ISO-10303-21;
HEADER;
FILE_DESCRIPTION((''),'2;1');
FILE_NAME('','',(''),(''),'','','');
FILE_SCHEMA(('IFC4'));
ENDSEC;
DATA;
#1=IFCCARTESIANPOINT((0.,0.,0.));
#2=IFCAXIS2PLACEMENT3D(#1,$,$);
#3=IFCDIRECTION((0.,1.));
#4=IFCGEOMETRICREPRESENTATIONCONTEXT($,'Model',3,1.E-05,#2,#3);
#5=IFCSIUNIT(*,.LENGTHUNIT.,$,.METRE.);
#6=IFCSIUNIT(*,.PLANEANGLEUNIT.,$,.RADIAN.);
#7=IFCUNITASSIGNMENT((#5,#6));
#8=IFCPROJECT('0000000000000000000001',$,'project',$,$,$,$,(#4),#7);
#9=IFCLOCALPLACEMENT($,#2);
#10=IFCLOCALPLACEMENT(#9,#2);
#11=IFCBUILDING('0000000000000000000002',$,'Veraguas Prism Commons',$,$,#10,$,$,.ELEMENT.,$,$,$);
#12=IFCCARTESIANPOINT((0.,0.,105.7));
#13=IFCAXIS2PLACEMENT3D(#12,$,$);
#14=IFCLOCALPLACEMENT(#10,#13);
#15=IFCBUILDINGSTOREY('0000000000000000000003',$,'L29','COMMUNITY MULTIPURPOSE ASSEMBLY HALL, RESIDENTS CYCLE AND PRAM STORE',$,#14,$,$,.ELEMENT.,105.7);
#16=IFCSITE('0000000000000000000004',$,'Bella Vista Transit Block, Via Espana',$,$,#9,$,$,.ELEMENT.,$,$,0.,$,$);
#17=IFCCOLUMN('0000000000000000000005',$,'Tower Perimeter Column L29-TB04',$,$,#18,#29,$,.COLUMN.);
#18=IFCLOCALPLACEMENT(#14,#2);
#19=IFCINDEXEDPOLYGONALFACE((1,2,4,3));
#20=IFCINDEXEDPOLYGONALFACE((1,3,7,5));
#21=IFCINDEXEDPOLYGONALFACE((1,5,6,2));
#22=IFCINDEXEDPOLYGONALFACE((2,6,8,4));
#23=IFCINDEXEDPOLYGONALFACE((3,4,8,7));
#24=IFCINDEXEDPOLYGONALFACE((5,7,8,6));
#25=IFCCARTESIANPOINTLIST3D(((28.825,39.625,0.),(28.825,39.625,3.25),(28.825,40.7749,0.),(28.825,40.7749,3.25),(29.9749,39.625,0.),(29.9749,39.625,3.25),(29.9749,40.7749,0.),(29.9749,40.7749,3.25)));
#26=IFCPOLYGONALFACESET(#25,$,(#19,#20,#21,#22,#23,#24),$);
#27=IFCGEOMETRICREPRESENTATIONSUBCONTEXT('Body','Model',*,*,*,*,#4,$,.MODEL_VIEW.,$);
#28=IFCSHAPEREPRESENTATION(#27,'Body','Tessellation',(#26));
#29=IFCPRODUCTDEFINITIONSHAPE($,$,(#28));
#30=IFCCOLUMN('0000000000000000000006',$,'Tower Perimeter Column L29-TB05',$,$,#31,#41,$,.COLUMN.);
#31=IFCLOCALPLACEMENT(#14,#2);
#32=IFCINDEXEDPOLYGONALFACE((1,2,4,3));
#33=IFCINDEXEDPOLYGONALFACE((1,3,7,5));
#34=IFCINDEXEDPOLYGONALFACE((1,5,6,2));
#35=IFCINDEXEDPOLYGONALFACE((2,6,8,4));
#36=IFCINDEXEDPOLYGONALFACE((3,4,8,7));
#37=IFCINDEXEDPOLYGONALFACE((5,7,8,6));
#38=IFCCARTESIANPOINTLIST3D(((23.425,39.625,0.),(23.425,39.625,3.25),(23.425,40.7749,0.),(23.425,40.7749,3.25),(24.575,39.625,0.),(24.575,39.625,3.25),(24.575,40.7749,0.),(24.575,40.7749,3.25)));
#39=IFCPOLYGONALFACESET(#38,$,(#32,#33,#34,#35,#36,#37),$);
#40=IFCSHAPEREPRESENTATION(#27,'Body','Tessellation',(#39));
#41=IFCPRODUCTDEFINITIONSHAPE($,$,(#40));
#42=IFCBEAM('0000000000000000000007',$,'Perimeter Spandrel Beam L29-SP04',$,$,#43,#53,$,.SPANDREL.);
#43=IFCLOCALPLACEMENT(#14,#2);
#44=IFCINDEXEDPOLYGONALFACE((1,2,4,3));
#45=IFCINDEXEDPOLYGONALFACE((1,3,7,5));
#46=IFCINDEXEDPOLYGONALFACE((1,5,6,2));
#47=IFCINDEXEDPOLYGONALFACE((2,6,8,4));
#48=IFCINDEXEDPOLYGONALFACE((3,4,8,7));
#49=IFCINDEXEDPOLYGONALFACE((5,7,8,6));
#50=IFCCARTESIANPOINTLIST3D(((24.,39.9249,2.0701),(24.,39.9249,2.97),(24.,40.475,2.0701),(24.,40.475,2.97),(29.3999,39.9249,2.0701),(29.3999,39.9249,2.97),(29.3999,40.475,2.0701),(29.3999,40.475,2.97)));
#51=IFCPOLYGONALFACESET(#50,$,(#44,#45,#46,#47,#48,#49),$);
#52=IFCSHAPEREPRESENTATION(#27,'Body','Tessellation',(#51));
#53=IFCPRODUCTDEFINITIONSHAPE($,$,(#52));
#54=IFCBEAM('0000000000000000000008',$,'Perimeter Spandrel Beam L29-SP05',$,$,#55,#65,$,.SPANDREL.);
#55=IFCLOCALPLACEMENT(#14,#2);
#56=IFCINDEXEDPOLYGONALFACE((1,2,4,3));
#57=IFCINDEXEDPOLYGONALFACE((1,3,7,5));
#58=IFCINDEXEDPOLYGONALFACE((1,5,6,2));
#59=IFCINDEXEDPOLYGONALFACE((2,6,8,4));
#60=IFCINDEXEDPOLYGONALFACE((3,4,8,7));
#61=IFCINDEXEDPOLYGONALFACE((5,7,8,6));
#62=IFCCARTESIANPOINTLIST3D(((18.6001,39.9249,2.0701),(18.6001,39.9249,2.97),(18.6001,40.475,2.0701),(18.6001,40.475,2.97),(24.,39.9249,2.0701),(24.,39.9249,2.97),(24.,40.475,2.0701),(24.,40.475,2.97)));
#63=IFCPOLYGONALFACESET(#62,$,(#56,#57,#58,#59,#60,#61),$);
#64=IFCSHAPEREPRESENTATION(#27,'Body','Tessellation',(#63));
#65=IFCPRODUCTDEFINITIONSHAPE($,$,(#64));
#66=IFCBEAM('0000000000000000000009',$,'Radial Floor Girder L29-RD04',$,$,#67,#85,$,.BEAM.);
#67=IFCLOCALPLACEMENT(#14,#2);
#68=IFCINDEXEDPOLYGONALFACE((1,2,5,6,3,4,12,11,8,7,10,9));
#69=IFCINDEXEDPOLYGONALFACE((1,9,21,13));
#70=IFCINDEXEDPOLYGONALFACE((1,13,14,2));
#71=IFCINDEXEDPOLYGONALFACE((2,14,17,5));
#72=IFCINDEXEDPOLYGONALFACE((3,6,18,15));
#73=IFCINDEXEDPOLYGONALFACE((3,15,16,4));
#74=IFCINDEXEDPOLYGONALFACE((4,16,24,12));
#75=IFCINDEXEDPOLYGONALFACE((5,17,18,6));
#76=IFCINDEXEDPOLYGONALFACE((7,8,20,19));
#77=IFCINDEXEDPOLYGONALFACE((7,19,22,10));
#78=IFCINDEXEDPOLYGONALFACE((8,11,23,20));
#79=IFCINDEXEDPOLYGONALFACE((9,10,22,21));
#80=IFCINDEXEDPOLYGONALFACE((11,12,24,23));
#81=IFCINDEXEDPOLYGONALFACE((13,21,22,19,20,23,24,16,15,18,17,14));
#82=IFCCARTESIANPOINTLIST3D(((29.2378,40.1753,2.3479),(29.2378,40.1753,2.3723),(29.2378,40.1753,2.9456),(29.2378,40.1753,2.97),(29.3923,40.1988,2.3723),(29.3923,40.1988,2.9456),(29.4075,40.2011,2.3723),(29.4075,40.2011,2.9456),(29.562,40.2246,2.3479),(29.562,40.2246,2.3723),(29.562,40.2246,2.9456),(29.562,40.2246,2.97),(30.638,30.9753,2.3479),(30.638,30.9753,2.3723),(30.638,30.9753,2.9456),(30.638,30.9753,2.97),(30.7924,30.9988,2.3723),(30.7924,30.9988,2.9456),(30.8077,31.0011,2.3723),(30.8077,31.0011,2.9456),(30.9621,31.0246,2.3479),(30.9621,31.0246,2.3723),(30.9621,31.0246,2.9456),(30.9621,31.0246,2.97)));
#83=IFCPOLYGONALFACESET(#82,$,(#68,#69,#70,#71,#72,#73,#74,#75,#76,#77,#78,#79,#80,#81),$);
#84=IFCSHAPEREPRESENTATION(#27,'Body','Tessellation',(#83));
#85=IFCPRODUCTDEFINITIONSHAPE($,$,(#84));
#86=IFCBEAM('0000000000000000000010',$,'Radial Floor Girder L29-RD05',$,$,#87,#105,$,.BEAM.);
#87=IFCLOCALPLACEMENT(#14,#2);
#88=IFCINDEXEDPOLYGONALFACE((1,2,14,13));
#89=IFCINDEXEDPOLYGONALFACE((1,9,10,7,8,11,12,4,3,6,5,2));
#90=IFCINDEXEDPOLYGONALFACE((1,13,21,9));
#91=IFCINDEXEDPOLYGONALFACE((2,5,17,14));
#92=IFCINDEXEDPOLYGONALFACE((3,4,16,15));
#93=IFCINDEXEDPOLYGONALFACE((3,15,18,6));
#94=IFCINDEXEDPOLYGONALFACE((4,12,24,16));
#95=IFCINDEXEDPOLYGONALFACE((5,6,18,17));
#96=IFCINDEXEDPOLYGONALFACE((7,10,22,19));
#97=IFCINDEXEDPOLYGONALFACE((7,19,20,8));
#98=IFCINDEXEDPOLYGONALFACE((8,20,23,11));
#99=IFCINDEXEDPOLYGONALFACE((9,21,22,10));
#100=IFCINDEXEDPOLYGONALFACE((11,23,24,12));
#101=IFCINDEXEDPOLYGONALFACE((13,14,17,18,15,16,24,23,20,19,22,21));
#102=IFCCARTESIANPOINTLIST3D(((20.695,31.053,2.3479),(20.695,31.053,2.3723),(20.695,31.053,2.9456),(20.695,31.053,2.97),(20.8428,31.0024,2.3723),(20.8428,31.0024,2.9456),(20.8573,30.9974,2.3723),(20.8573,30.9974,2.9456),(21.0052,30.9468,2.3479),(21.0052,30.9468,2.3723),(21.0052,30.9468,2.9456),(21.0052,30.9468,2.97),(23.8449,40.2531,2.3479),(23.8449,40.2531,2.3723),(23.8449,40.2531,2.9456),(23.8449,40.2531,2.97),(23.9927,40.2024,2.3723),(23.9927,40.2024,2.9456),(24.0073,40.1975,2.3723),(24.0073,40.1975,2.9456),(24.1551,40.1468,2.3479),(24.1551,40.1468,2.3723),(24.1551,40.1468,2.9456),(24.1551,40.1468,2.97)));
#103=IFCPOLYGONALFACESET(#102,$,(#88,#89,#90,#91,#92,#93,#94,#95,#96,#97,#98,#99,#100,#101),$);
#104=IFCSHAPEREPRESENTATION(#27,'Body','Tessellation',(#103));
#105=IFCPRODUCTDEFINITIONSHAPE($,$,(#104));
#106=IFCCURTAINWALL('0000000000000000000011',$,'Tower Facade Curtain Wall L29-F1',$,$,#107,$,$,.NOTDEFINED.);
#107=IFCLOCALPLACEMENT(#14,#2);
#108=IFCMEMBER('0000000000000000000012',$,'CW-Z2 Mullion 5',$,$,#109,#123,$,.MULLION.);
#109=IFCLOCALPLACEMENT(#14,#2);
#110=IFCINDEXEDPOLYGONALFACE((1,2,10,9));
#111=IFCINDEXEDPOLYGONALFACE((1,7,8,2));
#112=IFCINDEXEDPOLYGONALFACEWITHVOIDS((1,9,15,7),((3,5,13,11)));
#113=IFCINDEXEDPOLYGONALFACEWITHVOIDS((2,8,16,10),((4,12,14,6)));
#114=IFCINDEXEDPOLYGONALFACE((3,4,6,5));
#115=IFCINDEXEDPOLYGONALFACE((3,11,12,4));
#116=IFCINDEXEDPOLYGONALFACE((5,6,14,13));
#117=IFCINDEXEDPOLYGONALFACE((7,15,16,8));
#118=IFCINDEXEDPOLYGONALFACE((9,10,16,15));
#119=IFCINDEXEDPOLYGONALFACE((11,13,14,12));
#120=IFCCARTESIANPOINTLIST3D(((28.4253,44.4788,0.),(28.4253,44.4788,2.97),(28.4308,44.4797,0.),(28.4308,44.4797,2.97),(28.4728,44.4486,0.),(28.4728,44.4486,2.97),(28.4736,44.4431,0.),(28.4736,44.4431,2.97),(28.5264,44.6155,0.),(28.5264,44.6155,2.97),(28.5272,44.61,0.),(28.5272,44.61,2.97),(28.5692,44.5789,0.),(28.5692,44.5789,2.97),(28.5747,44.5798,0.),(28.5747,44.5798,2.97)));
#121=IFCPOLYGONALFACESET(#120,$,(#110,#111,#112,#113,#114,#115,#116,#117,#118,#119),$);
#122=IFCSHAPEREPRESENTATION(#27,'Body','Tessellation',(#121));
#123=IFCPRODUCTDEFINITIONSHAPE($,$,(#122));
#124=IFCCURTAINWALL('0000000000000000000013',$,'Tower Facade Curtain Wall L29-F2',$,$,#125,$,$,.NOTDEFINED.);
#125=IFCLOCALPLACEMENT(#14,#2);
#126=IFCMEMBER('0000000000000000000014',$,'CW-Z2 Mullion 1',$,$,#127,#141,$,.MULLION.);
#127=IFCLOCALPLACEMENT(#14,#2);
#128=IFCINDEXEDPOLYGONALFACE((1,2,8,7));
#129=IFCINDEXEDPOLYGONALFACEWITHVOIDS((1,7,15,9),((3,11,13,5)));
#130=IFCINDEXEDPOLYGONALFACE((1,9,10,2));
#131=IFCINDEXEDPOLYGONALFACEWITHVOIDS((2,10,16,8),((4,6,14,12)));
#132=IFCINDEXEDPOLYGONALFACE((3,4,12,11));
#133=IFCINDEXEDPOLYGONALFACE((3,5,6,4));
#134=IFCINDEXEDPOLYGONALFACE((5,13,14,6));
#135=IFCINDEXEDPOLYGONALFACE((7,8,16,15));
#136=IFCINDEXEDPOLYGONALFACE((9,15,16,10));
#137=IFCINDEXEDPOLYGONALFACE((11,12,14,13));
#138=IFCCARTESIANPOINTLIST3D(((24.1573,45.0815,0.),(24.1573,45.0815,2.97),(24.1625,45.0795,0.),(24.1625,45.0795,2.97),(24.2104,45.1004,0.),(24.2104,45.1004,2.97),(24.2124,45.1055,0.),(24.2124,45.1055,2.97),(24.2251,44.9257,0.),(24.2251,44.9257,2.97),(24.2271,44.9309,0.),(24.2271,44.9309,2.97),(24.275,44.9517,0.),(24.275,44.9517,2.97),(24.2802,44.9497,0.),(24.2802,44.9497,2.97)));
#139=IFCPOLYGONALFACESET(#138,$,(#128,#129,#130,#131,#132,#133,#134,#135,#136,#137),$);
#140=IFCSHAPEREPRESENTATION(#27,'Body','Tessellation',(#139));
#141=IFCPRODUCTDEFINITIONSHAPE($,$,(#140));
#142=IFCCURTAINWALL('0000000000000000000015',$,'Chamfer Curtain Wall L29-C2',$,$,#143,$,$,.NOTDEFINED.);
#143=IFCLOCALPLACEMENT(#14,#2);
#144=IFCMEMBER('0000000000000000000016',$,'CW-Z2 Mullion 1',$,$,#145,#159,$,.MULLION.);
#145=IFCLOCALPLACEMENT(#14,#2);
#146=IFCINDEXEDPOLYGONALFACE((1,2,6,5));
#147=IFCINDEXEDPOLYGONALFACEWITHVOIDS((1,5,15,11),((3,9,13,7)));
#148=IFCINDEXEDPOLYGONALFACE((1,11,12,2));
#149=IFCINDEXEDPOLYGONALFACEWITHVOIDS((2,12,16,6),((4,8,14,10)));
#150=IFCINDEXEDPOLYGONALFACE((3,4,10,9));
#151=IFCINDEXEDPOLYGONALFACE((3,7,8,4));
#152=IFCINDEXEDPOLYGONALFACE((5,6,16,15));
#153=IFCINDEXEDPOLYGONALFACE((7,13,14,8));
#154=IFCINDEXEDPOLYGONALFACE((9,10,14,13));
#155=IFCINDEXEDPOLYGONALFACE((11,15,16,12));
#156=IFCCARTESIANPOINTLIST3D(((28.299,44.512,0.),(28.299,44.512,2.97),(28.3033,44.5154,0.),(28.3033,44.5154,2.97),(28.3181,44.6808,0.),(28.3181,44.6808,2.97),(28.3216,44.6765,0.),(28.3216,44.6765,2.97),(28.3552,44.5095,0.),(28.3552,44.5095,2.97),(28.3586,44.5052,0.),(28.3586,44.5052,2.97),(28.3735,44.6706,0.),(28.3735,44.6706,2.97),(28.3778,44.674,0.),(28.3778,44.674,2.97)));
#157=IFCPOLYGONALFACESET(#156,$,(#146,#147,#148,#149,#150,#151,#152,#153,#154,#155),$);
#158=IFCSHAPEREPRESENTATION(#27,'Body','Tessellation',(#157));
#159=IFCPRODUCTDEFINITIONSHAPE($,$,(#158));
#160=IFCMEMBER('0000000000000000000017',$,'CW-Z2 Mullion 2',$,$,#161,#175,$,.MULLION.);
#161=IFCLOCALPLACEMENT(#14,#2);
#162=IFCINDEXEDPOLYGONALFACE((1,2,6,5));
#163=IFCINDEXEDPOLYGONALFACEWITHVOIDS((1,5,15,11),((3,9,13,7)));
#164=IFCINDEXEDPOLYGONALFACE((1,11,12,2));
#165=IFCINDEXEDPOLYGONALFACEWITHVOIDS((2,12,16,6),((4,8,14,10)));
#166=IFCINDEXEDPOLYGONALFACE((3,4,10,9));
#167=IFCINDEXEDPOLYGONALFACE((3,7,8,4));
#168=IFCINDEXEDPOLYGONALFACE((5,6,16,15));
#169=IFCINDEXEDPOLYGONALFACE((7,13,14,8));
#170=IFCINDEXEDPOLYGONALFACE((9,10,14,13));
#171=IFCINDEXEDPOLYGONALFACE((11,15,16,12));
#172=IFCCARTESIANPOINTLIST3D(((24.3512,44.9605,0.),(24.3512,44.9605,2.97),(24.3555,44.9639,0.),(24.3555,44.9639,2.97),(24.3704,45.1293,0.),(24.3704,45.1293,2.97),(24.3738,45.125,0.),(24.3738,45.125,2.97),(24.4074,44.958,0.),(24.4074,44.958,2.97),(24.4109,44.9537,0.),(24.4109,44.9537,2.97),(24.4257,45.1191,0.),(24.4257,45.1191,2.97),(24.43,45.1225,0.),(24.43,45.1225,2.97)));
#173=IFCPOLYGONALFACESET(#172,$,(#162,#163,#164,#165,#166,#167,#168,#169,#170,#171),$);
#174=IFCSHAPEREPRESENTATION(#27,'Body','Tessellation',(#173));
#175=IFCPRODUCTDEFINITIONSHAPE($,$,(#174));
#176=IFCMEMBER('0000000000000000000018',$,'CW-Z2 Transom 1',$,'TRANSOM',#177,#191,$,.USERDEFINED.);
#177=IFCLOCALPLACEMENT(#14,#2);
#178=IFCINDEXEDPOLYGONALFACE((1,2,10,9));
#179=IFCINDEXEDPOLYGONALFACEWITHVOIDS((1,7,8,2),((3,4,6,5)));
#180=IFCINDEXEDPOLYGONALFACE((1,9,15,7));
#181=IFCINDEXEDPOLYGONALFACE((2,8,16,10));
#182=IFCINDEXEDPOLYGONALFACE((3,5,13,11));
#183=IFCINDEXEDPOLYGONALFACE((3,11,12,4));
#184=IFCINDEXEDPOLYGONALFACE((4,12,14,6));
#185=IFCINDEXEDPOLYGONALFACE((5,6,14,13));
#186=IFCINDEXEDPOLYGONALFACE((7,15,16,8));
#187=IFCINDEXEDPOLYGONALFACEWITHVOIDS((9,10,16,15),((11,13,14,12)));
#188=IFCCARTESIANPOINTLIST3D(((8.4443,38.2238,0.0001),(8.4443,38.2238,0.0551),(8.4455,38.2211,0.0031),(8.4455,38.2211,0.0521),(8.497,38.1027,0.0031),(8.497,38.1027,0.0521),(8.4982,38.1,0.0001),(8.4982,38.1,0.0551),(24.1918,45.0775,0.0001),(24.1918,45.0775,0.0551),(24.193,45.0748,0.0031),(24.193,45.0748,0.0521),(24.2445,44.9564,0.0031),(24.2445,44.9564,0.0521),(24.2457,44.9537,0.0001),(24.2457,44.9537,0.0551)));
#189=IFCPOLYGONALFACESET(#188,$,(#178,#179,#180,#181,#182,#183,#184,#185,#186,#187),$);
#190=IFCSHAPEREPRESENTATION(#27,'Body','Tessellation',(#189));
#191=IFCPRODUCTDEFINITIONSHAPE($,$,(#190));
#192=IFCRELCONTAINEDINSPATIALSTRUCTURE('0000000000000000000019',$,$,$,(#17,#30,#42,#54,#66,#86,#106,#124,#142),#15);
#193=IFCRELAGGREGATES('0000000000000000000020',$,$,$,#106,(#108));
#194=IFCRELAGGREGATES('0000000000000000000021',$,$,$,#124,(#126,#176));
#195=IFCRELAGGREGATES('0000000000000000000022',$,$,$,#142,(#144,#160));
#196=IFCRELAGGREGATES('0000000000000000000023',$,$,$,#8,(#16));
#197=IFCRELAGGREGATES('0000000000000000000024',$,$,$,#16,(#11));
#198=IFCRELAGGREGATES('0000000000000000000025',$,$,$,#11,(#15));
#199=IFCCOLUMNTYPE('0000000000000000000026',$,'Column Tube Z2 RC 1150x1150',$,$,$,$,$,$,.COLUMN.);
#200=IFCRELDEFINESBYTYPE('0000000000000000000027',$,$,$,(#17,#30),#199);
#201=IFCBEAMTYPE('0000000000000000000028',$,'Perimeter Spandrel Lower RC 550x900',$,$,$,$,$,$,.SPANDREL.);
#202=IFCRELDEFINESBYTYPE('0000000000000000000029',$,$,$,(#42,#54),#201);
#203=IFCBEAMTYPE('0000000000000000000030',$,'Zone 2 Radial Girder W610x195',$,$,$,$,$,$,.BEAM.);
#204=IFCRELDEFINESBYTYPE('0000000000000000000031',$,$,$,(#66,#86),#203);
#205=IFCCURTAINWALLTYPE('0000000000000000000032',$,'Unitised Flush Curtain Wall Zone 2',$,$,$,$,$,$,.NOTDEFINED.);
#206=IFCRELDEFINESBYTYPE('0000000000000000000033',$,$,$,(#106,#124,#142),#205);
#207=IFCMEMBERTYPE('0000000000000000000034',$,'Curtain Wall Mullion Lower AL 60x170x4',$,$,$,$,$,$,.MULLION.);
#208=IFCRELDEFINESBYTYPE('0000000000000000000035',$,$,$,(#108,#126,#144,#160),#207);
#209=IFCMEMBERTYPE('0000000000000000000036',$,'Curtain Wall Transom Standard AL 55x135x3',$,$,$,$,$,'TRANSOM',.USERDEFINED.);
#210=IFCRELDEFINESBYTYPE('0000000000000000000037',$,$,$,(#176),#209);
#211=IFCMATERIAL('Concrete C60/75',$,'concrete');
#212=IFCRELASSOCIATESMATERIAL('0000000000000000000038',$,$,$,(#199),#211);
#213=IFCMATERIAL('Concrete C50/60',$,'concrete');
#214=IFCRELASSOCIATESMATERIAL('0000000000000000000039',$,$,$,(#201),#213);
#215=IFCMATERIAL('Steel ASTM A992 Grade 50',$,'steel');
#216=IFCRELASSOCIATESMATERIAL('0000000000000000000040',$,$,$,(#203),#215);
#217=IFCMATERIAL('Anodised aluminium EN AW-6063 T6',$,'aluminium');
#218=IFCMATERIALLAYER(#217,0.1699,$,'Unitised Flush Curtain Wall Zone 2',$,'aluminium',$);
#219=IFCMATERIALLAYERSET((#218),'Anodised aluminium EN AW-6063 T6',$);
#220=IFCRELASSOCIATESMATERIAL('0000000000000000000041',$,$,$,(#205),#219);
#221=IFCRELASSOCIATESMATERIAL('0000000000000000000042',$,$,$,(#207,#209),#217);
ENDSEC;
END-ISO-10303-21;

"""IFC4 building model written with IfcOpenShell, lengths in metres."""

from ifc_helpers import new_model, si_unit, direction, frame, origin, origin_2d, place, context, subcontext, project, spatial, rectangle, hollow_rectangle, i_section, extrude, source, transform, mapped, material, layer, layer_set, material_profile, profile_set, type_object, element, aggregate, save


model = new_model("IFC4")

# Units and contexts
model_context = context("Model", 3, precision=1e-05, world=origin(), true_north=direction((0.0, 1.0)))
body_context = subcontext(model_context, "Body", "Model", "MODEL_VIEW")
ifc_project = project(units=[si_unit("LENGTHUNIT", "METRE"), si_unit("PLANEANGLEUNIT", "RADIAN")], contexts=[model_context])

# Site, building, storey
site_placement = place(None, origin())
site = spatial("IfcSite", under=ifc_project, at=site_placement, Name="Bella Vista Transit Block, Via Espana", CompositionType="ELEMENT", RefElevation=0.0)
building_placement = place(site_placement, origin())
building = spatial("IfcBuilding", under=site, at=building_placement, Name="Veraguas Prism Commons", CompositionType="ELEMENT")
storey_placement = place(building_placement, frame((0.0, 0.0, 105.7)))
storey = spatial("IfcBuildingStorey", under=building, at=storey_placement, Name="L29", Description="COMMUNITY MULTIPURPOSE ASSEMBLY HALL, RESIDENTS CYCLE AND PRAM STORE", CompositionType="ELEMENT", Elevation=105.7)

# Columns
ifc_material_1 = material(Name="Concrete C60/75", Category="concrete")
ifc_material_profile_1 = material_profile(ifc_material_1, rectangle(XDim=1.1499, YDim=1.1499, at=origin_2d()), Name="RC1150X1150")
ifc_profile_set_1 = profile_set([ifc_material_profile_1], Name="Concrete C60/75")
column_type = type_object("IfcColumnType", Name="Column Tube Z2 RC 1150x1150", PredefinedType="COLUMN", material=ifc_profile_set_1)
for number, where, z_axis, x_axis, name in (
    (1, (29.3999, 40.2, 0.0), (0.0, 0.0, 1.0), (1.0, 0.0, 0.0), "Tower Perimeter Column L29-TB04"),
    (2, (24.0, 40.2, 0.0), (0.0, 0.0, 1.0), (1.0, 0.0, 0.0), "Tower Perimeter Column L29-TB05"),
):
    element("IfcColumn", number, at=place(storey_placement, frame(where, z_axis=z_axis, x_axis=x_axis)), inside=storey, type_object=column_type, Name=name, PredefinedType="COLUMN", context=body_context, shape_type="SweptSolid", body=[
        extrude(rectangle(XDim=1.1499, YDim=1.1499, at=origin_2d()), origin(), (0.0, 0.0, 1.0), 3.25),
    ])

# Beams
ifc_material_2 = material(Name="Concrete C50/60", Category="concrete")
ifc_material_profile_2 = material_profile(ifc_material_2, rectangle(XDim=0.55, YDim=0.8999, at=origin_2d()), Name="RC550X900")
ifc_profile_set_2 = profile_set([ifc_material_profile_2], Name="Concrete C50/60")
beam_type_1 = type_object("IfcBeamType", Name="Perimeter Spandrel Lower RC 550x900", PredefinedType="SPANDREL", material=ifc_profile_set_2)
for number, where, z_axis, x_axis, name in (
    (3, (29.3999, 40.2, 2.52), (-1.0, 0.0, 0.0), (0.0, -1.0, 0.0), "Perimeter Spandrel Beam L29-SP04"),
    (4, (24.0, 40.2, 2.52), (-1.0, 0.0, 0.0), (0.0, -1.0, 0.0), "Perimeter Spandrel Beam L29-SP05"),
):
    element("IfcBeam", number, at=place(storey_placement, frame(where, z_axis=z_axis, x_axis=x_axis)), inside=storey, type_object=beam_type_1, Name=name, PredefinedType="SPANDREL", context=body_context, shape_type="SweptSolid", body=[
        extrude(rectangle(XDim=0.55, YDim=0.8999, at=origin_2d()), origin(), (0.0, 0.0, 1.0), 5.3999),
    ])
ifc_material_3 = material(Name="Steel ASTM A992 Grade 50", Category="steel")
ifc_material_profile_3 = material_profile(ifc_material_3, i_section(OverallWidth=0.3279, OverallDepth=0.6221, WebThickness=0.0154, FlangeThickness=0.0244, at=origin_2d()), Name="W610X195")
ifc_profile_set_3 = profile_set([ifc_material_profile_3], Name="Steel ASTM A992 Grade 50")
beam_type_2 = type_object("IfcBeamType", Name="Zone 2 Radial Girder W610x195", PredefinedType="BEAM", material=ifc_profile_set_3)
beam_1_placement = place(storey_placement, frame((29.3999, 40.2, 2.6589), z_axis=(0.150458, -0.988616, 0.0), x_axis=(0.988616, 0.150458, 0.0)))
element("IfcBeam", 5, at=beam_1_placement, inside=storey, type_object=beam_type_2, Name="Radial Floor Girder L29-RD04", PredefinedType="BEAM", context=body_context, shape_type="SweptSolid", body=[
    extrude(i_section(OverallWidth=0.3279, OverallDepth=0.6221, WebThickness=0.0154, FlangeThickness=0.0244, at=origin_2d()), origin(), (0.0, 0.0, 1.0), 9.3059),
])
beam_2_placement = place(storey_placement, frame((24.0, 40.2, 2.6589), z_axis=(-0.323922, -0.946084, 0.0), x_axis=(0.946084, -0.323922, 0.0)))
element("IfcBeam", 6, at=beam_2_placement, inside=storey, type_object=beam_type_2, Name="Radial Floor Girder L29-RD05", PredefinedType="BEAM", context=body_context, shape_type="SweptSolid", body=[
    extrude(i_section(OverallWidth=0.3279, OverallDepth=0.6221, WebThickness=0.0154, FlangeThickness=0.0244, at=origin_2d()), origin(), (0.0, 0.0, 1.0), 9.7244),
])

# Curtain walls, members
ifc_material_4 = material(Name="Anodised aluminium EN AW-6063 T6", Category="aluminium")
ifc_layer_1 = layer(ifc_material_4, 0.1699, Name="Unitised Flush Curtain Wall Zone 2", Category="aluminium")
ifc_layer_set_1 = layer_set([ifc_layer_1], Name="Anodised aluminium EN AW-6063 T6")
curtain_wall_type = type_object("IfcCurtainWallType", Name="Unitised Flush Curtain Wall Zone 2", PredefinedType="NOTDEFINED", material=ifc_layer_set_1)
curtain_wall_1_placement = place(storey_placement, origin())
curtain_wall_1 = element("IfcCurtainWall", 7, at=curtain_wall_1_placement, inside=storey, type_object=curtain_wall_type, Name="Tower Facade Curtain Wall L29-F1", PredefinedType="NOTDEFINED")
ifc_material_profile_4 = material_profile(ifc_material_4, hollow_rectangle(XDim=0.0601, YDim=0.1699, WallThickness=0.0039, at=origin_2d()), Name="AL60X170X4")
ifc_profile_set_4 = profile_set([ifc_material_profile_4], Name="Anodised aluminium EN AW-6063 T6")
member_type_1 = type_object("IfcMemberType", Name="Curtain Wall Mullion Lower AL 60x170x4", PredefinedType="MULLION", material=ifc_profile_set_4)
shared_shape_1 = source(origin(), body_context, "Body", "SweptSolid", [
    extrude(hollow_rectangle(XDim=0.0601, YDim=0.1699, WallThickness=0.0039, at=origin_2d()), origin(), (0.0, 0.0, 1.0), 2.97),
])
member_1_placement = place(storey_placement, frame((28.5, 44.5293, 0.0), z_axis=(0.0, 0.0, 1.0), x_axis=(-0.804068, 0.594538, 0.0)))
member_1 = element("IfcMember", 8, at=member_1_placement, type_object=member_type_1, Name="CW-Z2 Mullion 5", PredefinedType="MULLION", context=body_context, shape_type="MappedRepresentation", body=[
    mapped(shared_shape_1, transform((0.0, 0.0, 0.0), scale=1.0)),
])
curtain_wall_2_placement = place(storey_placement, origin())
curtain_wall_2 = element("IfcCurtainWall", 9, at=curtain_wall_2_placement, inside=storey, type_object=curtain_wall_type, Name="Tower Facade Curtain Wall L29-F2", PredefinedType="NOTDEFINED")
member_2_placement = place(storey_placement, frame((24.2188, 45.0156, 0.0), z_axis=(0.0, 0.0, 1.0), x_axis=(-0.916919, -0.399072, 0.0)))
member_2 = element("IfcMember", 10, at=member_2_placement, type_object=member_type_1, Name="CW-Z2 Mullion 1", PredefinedType="MULLION", context=body_context, shape_type="MappedRepresentation", body=[
    mapped(shared_shape_1, transform((0.0, 0.0, 0.0), scale=1.0)),
])

# Curtain wall, members
curtain_wall_3_placement = place(storey_placement, origin())
curtain_wall_3 = element("IfcCurtainWall", 11, at=curtain_wall_3_placement, inside=storey, type_object=curtain_wall_type, Name="Chamfer Curtain Wall L29-C2", PredefinedType="NOTDEFINED")
member_3_placement = place(storey_placement, frame((28.3384, 44.593, 0.0), z_axis=(0.0, 0.0, 1.0), x_axis=(-0.993613, 0.112839, 0.0)))
member_3 = element("IfcMember", 12, at=member_3_placement, type_object=member_type_1, Name="CW-Z2 Mullion 1", PredefinedType="MULLION", context=body_context, shape_type="MappedRepresentation", body=[
    mapped(shared_shape_1, transform((0.0, 0.0, 0.0), scale=1.0)),
])
member_4_placement = place(storey_placement, frame((24.3906, 45.0415, 0.0), z_axis=(0.0, 0.0, 1.0), x_axis=(-0.993613, 0.112839, 0.0)))
member_4 = element("IfcMember", 13, at=member_4_placement, type_object=member_type_1, Name="CW-Z2 Mullion 2", PredefinedType="MULLION", context=body_context, shape_type="MappedRepresentation", body=[
    mapped(shared_shape_1, transform((0.0, 0.0, 0.0), scale=1.0)),
])

# Member
ifc_material_profile_5 = material_profile(ifc_material_4, hollow_rectangle(XDim=0.0549, YDim=0.135, WallThickness=0.0029, at=origin_2d()), Name="AL55X135X3")
ifc_profile_set_5 = profile_set([ifc_material_profile_5], Name="Anodised aluminium EN AW-6063 T6")
member_type_2 = type_object("IfcMemberType", Name="Curtain Wall Transom Standard AL 55x135x3", ElementType="TRANSOM", PredefinedType="USERDEFINED", material=ifc_profile_set_5)
shared_shape_2 = source(origin(), body_context, "Body", "SweptSolid", [
    extrude(hollow_rectangle(XDim=0.0549, YDim=0.135, WallThickness=0.0029, at=origin_2d()), origin(), (0.0, 0.0, 1.0), 17.1743),
])
member_5_placement = place(storey_placement, frame((24.2188, 45.0156, 0.0276), z_axis=(-0.916921, -0.399069, 0.0), x_axis=(0.0, 0.0, 1.0)))
member_5 = element("IfcMember", 14, at=member_5_placement, type_object=member_type_2, Name="CW-Z2 Transom 1", ObjectType="TRANSOM", PredefinedType="USERDEFINED", context=body_context, shape_type="MappedRepresentation", body=[
    mapped(shared_shape_2, transform((0.0, 0.0, 0.0), scale=1.0)),
])

aggregate(curtain_wall_1, [member_1])
aggregate(curtain_wall_2, [member_2, member_5])
aggregate(curtain_wall_3, [member_3, member_4])

save(model, "model.ifc")
